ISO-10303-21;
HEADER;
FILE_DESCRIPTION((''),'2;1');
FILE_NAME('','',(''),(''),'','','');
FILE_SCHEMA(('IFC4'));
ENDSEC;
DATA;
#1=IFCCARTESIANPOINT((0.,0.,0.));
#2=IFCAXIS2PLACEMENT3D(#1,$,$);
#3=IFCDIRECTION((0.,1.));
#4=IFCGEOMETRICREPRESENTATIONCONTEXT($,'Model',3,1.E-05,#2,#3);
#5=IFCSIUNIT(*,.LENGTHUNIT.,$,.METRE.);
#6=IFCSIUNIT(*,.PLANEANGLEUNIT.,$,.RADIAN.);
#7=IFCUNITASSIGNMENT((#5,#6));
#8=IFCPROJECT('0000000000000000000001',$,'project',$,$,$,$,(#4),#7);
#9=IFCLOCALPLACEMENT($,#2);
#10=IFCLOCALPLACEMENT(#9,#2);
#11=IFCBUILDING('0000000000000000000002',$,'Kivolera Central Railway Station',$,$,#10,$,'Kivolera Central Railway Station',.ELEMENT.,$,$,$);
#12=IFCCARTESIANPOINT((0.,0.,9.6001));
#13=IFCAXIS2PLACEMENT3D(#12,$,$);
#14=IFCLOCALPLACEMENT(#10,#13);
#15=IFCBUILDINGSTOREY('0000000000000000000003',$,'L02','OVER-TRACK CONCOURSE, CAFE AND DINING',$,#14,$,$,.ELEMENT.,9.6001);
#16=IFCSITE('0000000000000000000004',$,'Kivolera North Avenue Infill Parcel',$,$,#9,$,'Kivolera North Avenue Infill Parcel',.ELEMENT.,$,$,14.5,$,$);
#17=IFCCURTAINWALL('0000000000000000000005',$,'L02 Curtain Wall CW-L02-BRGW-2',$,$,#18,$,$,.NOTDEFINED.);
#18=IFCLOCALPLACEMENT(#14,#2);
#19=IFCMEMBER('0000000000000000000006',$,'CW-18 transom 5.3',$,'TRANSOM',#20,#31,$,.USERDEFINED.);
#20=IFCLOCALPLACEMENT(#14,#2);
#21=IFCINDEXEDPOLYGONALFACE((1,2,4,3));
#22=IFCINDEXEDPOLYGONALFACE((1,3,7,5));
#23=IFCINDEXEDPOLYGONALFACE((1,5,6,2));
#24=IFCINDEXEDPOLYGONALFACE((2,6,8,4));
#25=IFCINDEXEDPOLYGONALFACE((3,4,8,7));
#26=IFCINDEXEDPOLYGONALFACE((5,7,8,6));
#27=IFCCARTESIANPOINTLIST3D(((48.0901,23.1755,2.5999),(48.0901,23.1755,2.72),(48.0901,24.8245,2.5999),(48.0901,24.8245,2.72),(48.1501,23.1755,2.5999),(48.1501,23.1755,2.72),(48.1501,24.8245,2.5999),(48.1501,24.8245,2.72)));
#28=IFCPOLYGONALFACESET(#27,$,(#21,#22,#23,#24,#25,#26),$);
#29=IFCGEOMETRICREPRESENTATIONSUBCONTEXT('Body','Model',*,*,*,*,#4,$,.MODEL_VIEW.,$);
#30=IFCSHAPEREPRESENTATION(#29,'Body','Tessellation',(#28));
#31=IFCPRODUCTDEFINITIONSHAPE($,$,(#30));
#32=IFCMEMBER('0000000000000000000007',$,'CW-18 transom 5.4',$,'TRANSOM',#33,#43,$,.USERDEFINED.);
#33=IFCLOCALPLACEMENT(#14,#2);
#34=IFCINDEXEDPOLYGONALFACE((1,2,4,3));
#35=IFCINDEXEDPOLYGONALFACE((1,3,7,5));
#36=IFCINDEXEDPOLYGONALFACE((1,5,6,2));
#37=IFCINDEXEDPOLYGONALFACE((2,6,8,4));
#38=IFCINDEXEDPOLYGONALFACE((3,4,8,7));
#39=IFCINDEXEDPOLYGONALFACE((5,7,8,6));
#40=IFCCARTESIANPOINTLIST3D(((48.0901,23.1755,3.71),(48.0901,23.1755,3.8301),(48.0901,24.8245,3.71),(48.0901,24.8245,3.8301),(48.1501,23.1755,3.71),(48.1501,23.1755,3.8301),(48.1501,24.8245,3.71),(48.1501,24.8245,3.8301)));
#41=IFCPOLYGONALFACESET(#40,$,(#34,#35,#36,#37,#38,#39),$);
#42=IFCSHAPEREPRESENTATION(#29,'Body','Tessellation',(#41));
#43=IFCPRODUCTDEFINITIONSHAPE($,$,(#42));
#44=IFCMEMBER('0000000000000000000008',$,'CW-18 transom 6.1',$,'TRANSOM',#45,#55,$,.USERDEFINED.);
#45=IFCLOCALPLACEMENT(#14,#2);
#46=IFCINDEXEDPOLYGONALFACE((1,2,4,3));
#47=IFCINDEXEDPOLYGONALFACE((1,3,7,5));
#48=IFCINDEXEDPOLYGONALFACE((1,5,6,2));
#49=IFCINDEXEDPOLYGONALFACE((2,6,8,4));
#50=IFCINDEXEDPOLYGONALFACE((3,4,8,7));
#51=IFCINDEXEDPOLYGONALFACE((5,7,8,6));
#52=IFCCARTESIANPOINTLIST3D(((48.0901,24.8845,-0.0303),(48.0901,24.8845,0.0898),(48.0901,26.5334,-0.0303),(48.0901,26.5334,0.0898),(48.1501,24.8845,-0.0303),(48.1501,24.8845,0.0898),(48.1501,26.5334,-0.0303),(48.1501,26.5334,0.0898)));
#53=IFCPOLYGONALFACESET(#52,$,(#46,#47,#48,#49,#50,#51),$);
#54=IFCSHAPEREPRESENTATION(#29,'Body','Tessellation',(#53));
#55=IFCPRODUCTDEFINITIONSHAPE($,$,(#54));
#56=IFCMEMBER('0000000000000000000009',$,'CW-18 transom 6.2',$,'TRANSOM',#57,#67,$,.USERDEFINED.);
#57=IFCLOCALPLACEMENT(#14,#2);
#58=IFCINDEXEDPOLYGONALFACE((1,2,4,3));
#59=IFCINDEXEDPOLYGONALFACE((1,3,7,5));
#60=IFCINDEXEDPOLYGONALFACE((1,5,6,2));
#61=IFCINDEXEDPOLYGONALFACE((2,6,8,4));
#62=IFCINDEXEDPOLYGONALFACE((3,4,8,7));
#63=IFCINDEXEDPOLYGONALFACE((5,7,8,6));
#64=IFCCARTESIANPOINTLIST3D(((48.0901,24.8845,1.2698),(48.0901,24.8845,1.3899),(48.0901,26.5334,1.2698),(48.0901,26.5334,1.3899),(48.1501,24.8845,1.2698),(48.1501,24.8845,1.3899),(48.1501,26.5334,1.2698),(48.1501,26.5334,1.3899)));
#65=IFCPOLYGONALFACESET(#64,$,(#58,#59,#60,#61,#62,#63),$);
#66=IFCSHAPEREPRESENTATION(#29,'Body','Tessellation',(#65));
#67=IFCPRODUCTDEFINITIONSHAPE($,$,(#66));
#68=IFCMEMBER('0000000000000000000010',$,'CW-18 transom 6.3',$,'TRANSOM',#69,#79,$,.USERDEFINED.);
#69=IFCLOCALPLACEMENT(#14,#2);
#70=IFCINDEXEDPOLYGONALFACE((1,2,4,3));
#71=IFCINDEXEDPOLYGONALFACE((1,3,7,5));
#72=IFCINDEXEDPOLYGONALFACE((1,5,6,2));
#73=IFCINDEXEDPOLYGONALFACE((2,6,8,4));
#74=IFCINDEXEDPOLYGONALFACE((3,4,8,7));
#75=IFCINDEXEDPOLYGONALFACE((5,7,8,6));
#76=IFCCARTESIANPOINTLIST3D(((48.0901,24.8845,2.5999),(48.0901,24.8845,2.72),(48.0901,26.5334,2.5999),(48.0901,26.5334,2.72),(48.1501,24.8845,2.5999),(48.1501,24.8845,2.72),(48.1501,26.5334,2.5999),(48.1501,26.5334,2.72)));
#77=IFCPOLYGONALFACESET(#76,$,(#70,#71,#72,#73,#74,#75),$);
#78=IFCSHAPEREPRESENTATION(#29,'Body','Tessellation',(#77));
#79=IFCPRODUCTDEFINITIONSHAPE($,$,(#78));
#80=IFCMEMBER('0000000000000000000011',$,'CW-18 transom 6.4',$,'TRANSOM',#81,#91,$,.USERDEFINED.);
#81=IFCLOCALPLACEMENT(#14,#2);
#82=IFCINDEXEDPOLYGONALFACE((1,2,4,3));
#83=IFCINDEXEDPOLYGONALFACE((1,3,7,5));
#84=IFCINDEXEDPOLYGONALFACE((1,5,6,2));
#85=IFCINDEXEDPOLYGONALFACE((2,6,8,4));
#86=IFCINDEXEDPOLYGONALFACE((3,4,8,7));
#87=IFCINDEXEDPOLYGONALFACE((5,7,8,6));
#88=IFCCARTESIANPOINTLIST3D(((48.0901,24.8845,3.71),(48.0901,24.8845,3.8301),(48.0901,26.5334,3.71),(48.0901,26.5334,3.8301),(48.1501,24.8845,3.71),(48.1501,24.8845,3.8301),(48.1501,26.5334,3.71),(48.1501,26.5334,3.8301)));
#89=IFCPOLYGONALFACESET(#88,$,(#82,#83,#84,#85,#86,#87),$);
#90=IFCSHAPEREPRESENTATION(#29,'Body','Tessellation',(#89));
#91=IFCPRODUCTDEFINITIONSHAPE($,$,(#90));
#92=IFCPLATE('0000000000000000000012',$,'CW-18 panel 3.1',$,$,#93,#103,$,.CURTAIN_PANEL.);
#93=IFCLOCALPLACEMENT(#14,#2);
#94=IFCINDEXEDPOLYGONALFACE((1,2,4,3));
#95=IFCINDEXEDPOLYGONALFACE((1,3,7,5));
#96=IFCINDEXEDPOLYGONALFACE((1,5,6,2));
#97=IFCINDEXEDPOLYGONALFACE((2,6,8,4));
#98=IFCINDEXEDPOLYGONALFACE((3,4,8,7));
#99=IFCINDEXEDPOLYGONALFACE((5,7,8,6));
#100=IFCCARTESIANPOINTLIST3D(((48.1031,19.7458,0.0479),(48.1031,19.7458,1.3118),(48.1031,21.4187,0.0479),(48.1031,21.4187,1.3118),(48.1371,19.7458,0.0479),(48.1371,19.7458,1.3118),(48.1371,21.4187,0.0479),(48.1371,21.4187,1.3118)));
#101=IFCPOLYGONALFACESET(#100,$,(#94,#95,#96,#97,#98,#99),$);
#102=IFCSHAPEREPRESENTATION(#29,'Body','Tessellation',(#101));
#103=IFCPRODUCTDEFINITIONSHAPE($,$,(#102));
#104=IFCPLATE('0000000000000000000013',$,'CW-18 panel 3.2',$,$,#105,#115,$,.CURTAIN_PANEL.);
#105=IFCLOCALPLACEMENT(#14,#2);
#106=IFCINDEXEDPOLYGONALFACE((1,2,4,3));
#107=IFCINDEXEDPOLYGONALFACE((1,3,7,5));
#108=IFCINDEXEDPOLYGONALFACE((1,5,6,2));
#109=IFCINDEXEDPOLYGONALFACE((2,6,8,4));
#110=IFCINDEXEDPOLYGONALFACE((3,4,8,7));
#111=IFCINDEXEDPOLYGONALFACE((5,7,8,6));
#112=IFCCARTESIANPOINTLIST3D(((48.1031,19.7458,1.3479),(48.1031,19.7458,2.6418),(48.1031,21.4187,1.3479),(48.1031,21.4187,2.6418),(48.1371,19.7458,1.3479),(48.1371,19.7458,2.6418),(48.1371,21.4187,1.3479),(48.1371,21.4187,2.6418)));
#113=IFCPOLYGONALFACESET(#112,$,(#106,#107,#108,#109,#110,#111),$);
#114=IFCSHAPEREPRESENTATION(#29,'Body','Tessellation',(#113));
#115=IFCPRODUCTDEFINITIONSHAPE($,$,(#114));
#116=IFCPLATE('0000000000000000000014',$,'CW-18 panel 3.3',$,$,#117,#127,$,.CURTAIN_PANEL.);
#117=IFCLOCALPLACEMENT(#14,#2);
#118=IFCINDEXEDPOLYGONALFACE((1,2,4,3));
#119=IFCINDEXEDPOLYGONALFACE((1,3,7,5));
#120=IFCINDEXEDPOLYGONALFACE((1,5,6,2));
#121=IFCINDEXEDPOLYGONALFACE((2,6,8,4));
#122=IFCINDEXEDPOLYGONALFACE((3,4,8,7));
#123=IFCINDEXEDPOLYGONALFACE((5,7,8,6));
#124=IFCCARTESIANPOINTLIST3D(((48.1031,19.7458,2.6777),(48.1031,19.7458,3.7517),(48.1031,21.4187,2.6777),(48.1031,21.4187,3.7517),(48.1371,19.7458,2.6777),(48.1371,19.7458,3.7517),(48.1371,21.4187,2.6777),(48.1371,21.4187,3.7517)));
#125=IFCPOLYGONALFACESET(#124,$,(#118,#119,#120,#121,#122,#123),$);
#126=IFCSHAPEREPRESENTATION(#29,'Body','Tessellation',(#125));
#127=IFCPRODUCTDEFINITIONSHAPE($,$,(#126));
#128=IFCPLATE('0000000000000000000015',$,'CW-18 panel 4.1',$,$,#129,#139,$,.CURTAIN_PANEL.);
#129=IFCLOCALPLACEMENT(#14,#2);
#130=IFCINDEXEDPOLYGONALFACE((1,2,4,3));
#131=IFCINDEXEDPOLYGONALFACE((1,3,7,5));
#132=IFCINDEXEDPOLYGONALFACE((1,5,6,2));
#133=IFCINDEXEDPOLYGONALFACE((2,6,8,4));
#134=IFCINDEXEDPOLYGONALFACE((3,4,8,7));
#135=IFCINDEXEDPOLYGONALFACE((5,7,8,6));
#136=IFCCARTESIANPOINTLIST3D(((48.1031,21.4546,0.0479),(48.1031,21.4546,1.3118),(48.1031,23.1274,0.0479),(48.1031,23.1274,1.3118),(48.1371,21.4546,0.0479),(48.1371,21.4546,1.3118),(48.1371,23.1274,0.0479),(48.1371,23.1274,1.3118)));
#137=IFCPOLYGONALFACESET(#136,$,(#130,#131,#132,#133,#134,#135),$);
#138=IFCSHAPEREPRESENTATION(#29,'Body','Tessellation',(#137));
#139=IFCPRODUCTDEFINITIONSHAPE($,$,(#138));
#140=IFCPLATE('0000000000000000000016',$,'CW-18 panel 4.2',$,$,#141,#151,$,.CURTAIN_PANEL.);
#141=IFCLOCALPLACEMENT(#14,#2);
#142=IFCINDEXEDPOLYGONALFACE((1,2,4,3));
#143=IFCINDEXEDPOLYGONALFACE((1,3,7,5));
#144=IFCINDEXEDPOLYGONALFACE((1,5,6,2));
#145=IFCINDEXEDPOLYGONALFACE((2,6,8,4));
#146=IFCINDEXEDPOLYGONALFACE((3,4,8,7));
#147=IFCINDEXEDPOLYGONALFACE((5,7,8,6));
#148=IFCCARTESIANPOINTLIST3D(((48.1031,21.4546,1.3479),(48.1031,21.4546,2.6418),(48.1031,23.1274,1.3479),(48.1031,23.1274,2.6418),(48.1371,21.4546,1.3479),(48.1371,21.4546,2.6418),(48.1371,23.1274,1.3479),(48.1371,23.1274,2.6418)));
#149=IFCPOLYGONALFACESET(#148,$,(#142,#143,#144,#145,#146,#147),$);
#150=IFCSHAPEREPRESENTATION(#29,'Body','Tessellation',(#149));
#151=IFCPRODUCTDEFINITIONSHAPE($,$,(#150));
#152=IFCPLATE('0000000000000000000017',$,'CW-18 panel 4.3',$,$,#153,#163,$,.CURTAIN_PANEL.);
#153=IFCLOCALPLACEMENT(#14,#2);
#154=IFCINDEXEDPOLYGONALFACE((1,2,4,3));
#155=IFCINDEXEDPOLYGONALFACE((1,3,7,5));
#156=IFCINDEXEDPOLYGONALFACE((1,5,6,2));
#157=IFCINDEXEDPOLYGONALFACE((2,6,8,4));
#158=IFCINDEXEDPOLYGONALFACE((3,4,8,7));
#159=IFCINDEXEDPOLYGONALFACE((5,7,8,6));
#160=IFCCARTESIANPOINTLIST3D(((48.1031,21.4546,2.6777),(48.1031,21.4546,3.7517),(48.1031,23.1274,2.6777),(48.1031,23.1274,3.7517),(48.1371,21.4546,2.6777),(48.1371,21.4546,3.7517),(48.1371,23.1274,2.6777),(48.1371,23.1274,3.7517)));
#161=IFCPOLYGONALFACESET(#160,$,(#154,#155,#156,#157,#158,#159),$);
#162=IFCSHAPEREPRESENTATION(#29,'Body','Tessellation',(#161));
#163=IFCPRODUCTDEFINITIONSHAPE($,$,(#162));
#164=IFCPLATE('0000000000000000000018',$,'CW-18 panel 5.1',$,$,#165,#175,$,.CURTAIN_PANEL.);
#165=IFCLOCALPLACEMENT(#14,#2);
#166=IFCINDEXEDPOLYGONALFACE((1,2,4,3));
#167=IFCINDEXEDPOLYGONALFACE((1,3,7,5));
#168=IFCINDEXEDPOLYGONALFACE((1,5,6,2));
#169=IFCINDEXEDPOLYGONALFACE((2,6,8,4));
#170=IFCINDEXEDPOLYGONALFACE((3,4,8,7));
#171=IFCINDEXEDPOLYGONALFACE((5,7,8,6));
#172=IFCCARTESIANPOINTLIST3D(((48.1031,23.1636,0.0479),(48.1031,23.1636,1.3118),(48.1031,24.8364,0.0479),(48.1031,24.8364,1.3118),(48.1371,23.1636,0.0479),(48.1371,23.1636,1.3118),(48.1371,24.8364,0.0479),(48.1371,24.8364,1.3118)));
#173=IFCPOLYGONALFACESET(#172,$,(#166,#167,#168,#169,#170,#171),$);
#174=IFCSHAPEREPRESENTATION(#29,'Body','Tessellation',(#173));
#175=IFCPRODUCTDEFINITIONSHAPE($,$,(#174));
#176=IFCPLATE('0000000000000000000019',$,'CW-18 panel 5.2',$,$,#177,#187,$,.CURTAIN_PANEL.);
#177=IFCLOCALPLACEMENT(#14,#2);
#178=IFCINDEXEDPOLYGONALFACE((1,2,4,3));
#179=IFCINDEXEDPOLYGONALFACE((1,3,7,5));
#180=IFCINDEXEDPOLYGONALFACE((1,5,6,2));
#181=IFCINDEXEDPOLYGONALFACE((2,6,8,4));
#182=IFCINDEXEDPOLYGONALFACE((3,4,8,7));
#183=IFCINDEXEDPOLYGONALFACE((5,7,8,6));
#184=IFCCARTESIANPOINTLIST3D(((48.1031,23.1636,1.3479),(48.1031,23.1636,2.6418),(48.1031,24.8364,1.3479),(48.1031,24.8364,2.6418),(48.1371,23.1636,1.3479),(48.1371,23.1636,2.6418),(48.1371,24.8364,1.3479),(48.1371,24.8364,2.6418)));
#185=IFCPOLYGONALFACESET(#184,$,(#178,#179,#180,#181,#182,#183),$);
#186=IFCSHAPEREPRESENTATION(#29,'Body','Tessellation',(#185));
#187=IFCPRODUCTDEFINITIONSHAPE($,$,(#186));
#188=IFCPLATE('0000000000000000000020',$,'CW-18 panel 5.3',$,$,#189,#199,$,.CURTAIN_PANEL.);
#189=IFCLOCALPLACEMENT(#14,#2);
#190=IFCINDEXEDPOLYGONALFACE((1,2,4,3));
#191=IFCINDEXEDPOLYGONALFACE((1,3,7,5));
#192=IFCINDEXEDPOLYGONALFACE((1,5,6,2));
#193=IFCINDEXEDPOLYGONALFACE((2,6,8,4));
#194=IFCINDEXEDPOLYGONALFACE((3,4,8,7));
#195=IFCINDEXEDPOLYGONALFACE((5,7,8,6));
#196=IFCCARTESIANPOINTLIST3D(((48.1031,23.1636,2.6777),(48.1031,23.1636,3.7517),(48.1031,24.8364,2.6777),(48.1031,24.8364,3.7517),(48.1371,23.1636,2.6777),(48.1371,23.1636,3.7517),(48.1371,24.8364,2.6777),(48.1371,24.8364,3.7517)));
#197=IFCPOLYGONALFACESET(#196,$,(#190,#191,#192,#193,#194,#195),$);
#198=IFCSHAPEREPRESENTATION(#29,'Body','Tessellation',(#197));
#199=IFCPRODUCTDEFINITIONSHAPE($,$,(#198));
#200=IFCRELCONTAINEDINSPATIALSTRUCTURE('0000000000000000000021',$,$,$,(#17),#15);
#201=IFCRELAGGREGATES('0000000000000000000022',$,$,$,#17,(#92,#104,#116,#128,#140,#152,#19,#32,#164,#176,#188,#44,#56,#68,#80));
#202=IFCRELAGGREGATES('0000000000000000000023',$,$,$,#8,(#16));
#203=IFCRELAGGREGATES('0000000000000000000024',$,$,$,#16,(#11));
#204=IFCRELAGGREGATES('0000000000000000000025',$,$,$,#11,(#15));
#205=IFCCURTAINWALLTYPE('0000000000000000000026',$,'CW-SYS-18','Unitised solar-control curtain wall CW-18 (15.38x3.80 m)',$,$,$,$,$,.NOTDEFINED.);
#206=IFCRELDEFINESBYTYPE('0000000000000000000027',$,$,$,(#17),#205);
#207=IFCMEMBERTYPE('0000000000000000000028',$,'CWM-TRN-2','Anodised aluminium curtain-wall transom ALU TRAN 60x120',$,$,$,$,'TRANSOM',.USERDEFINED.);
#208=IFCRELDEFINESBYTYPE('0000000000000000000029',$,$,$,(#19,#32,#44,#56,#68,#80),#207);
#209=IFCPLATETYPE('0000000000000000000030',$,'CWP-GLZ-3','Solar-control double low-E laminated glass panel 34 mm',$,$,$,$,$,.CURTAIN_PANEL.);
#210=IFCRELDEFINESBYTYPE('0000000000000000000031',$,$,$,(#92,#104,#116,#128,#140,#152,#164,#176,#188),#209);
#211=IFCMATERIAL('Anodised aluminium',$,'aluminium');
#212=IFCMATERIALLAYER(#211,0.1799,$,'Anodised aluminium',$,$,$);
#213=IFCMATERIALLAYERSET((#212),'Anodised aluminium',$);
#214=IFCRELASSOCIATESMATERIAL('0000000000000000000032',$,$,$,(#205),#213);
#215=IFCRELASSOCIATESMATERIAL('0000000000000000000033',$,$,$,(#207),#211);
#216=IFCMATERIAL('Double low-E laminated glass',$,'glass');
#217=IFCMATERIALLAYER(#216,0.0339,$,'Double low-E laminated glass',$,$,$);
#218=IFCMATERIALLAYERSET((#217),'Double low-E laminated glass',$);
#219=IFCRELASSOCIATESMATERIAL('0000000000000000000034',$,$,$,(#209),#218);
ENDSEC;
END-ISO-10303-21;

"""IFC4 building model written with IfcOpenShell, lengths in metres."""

from ifc_helpers import new_model, si_unit, direction, frame, origin, origin_2d, place, context, subcontext, project, spatial, rectangle, extrude, material, layer, layer_set, material_profile, profile_set, type_object, element, aggregate, save


model = new_model("IFC4")

# Units and contexts
model_context = context("Model", 3, precision=1e-05, world=origin(), true_north=direction((0.0, 1.0)))
body_context = subcontext(model_context, "Body", "Model", "MODEL_VIEW")
ifc_project = project(units=[si_unit("LENGTHUNIT", "METRE"), si_unit("PLANEANGLEUNIT", "RADIAN")], contexts=[model_context])

# Site, building, storey
site_placement = place(None, origin())
site = spatial("IfcSite", under=ifc_project, at=site_placement, Name="Kivolera North Avenue Infill Parcel", LongName="Kivolera North Avenue Infill Parcel", CompositionType="ELEMENT", RefElevation=14.5)
building_placement = place(site_placement, origin())
building = spatial("IfcBuilding", under=site, at=building_placement, Name="Kivolera Central Railway Station", LongName="Kivolera Central Railway Station", CompositionType="ELEMENT")
storey_placement = place(building_placement, frame((0.0, 0.0, 9.6001)))
storey = spatial("IfcBuildingStorey", under=building, at=storey_placement, Name="L02", Description="OVER-TRACK CONCOURSE, CAFE AND DINING", CompositionType="ELEMENT", Elevation=9.6001)

# Curtain wall, members, plates
ifc_material_1 = material(Name="Anodised aluminium", Category="aluminium")
ifc_layer_1 = layer(ifc_material_1, 0.1799, Name="Anodised aluminium")
ifc_layer_set_1 = layer_set([ifc_layer_1], Name="Anodised aluminium")
curtain_wall_type = type_object("IfcCurtainWallType", Name="CW-SYS-18", Description="Unitised solar-control curtain wall CW-18 (15.38x3.80 m)", PredefinedType="NOTDEFINED", material=ifc_layer_set_1)
curtain_wall_placement = place(storey_placement, origin())
curtain_wall = element("IfcCurtainWall", 1, at=curtain_wall_placement, inside=storey, type_object=curtain_wall_type, Name="L02 Curtain Wall CW-L02-BRGW-2", PredefinedType="NOTDEFINED")
ifc_material_profile_1 = material_profile(ifc_material_1, rectangle(XDim=0.0601, YDim=0.1201, at=origin_2d()), Name="ALU TRAN 60x120")
ifc_profile_set_1 = profile_set([ifc_material_profile_1], Name="Anodised aluminium")
member_type_1 = type_object("IfcMemberType", Name="CWM-TRN-2", Description="Anodised aluminium curtain-wall transom ALU TRAN 60x120", ElementType="TRANSOM", PredefinedType="USERDEFINED", material=ifc_profile_set_1)
member_1_placement = place(storey_placement, frame((48.1201, 23.1755, 2.6599), z_axis=(0.0, 1.0, 0.0), x_axis=(-1.0, 0.0, 0.0)))
member_1 = element("IfcMember", 2, at=member_1_placement, type_object=member_type_1, Name="CW-18 transom 5.3", ObjectType="TRANSOM", PredefinedType="USERDEFINED", context=body_context, shape_type="SweptSolid", body=[
    extrude(rectangle(XDim=0.0601, YDim=0.1201, at=origin_2d()), origin(), (0.0, 0.0, 1.0), 1.6489),
])
member_2_placement = place(storey_placement, frame((48.1201, 23.1755, 3.77), z_axis=(0.0, 1.0, 0.0), x_axis=(-1.0, 0.0, 0.0)))
member_2 = element("IfcMember", 3, at=member_2_placement, type_object=member_type_1, Name="CW-18 transom 5.4", ObjectType="TRANSOM", PredefinedType="USERDEFINED", context=body_context, shape_type="SweptSolid", body=[
    extrude(rectangle(XDim=0.0601, YDim=0.1201, at=origin_2d()), origin(), (0.0, 0.0, 1.0), 1.6489),
])
member_3_placement = place(storey_placement, frame((48.1201, 24.8845, 0.0298), z_axis=(0.0, 1.0, 0.0), x_axis=(-1.0, 0.0, 0.0)))
member_3 = element("IfcMember", 4, at=member_3_placement, type_object=member_type_1, Name="CW-18 transom 6.1", ObjectType="TRANSOM", PredefinedType="USERDEFINED", context=body_context, shape_type="SweptSolid", body=[
    extrude(rectangle(XDim=0.0601, YDim=0.1201, at=origin_2d()), origin(), (0.0, 0.0, 1.0), 1.6489),
])
member_4_placement = place(storey_placement, frame((48.1201, 24.8845, 1.3298), z_axis=(0.0, 1.0, 0.0), x_axis=(-1.0, 0.0, 0.0)))
member_4 = element("IfcMember", 5, at=member_4_placement, type_object=member_type_1, Name="CW-18 transom 6.2", ObjectType="TRANSOM", PredefinedType="USERDEFINED", context=body_context, shape_type="SweptSolid", body=[
    extrude(rectangle(XDim=0.0601, YDim=0.1201, at=origin_2d()), origin(), (0.0, 0.0, 1.0), 1.6489),
])
member_5_placement = place(storey_placement, frame((48.1201, 24.8845, 2.6599), z_axis=(0.0, 1.0, 0.0), x_axis=(-1.0, 0.0, 0.0)))
member_5 = element("IfcMember", 6, at=member_5_placement, type_object=member_type_1, Name="CW-18 transom 6.3", ObjectType="TRANSOM", PredefinedType="USERDEFINED", context=body_context, shape_type="SweptSolid", body=[
    extrude(rectangle(XDim=0.0601, YDim=0.1201, at=origin_2d()), origin(), (0.0, 0.0, 1.0), 1.6489),
])
member_6_placement = place(storey_placement, frame((48.1201, 24.8845, 3.77), z_axis=(0.0, 1.0, 0.0), x_axis=(-1.0, 0.0, 0.0)))
member_6 = element("IfcMember", 7, at=member_6_placement, type_object=member_type_1, Name="CW-18 transom 6.4", ObjectType="TRANSOM", PredefinedType="USERDEFINED", context=body_context, shape_type="SweptSolid", body=[
    extrude(rectangle(XDim=0.0601, YDim=0.1201, at=origin_2d()), origin(), (0.0, 0.0, 1.0), 1.6489),
])
ifc_material_2 = material(Name="Double low-E laminated glass", Category="glass")
ifc_layer_2 = layer(ifc_material_2, 0.0339, Name="Double low-E laminated glass")
ifc_layer_set_2 = layer_set([ifc_layer_2], Name="Double low-E laminated glass")
plate_type = type_object("IfcPlateType", Name="CWP-GLZ-3", Description="Solar-control double low-E laminated glass panel 34 mm", PredefinedType="CURTAIN_PANEL", material=ifc_layer_set_2)
plate_1_placement = place(storey_placement, frame((48.1201, 20.5823, 0.0479), z_axis=(0.0, 0.0, 1.0), x_axis=(0.0, 1.0, 0.0)))
plate_1 = element("IfcPlate", 8, at=plate_1_placement, type_object=plate_type, Name="CW-18 panel 3.1", PredefinedType="CURTAIN_PANEL", context=body_context, shape_type="SweptSolid", body=[
    extrude(rectangle(XDim=1.6729, YDim=0.0339, at=origin_2d()), origin(), (0.0, 0.0, 1.0), 1.2639),
])
plate_2_placement = place(storey_placement, frame((48.1201, 20.5823, 1.3479), z_axis=(0.0, 0.0, 1.0), x_axis=(0.0, 1.0, 0.0)))
plate_2 = element("IfcPlate", 9, at=plate_2_placement, type_object=plate_type, Name="CW-18 panel 3.2", PredefinedType="CURTAIN_PANEL", context=body_context, shape_type="SweptSolid", body=[
    extrude(rectangle(XDim=1.6729, YDim=0.0339, at=origin_2d()), origin(), (0.0, 0.0, 1.0), 1.2939),
])
plate_3_placement = place(storey_placement, frame((48.1201, 20.5823, 2.6777), z_axis=(0.0, 0.0, 1.0), x_axis=(0.0, 1.0, 0.0)))
plate_3 = element("IfcPlate", 10, at=plate_3_placement, type_object=plate_type, Name="CW-18 panel 3.3", PredefinedType="CURTAIN_PANEL", context=body_context, shape_type="SweptSolid", body=[
    extrude(rectangle(XDim=1.6729, YDim=0.0339, at=origin_2d()), origin(), (0.0, 0.0, 1.0), 1.074),
])
plate_4_placement = place(storey_placement, frame((48.1201, 22.291, 0.0479), z_axis=(0.0, 0.0, 1.0), x_axis=(0.0, 1.0, 0.0)))
plate_4 = element("IfcPlate", 11, at=plate_4_placement, type_object=plate_type, Name="CW-18 panel 4.1", PredefinedType="CURTAIN_PANEL", context=body_context, shape_type="SweptSolid", body=[
    extrude(rectangle(XDim=1.6729, YDim=0.0339, at=origin_2d()), origin(), (0.0, 0.0, 1.0), 1.2639),
])
plate_5_placement = place(storey_placement, frame((48.1201, 22.291, 1.3479), z_axis=(0.0, 0.0, 1.0), x_axis=(0.0, 1.0, 0.0)))
plate_5 = element("IfcPlate", 12, at=plate_5_placement, type_object=plate_type, Name="CW-18 panel 4.2", PredefinedType="CURTAIN_PANEL", context=body_context, shape_type="SweptSolid", body=[
    extrude(rectangle(XDim=1.6729, YDim=0.0339, at=origin_2d()), origin(), (0.0, 0.0, 1.0), 1.2939),
])
plate_6_placement = place(storey_placement, frame((48.1201, 22.291, 2.6777), z_axis=(0.0, 0.0, 1.0), x_axis=(0.0, 1.0, 0.0)))
plate_6 = element("IfcPlate", 13, at=plate_6_placement, type_object=plate_type, Name="CW-18 panel 4.3", PredefinedType="CURTAIN_PANEL", context=body_context, shape_type="SweptSolid", body=[
    extrude(rectangle(XDim=1.6729, YDim=0.0339, at=origin_2d()), origin(), (0.0, 0.0, 1.0), 1.074),
])
plate_7_placement = place(storey_placement, frame((48.1201, 24.0, 0.0479), z_axis=(0.0, 0.0, 1.0), x_axis=(0.0, 1.0, 0.0)))
plate_7 = element("IfcPlate", 14, at=plate_7_placement, type_object=plate_type, Name="CW-18 panel 5.1", PredefinedType="CURTAIN_PANEL", context=body_context, shape_type="SweptSolid", body=[
    extrude(rectangle(XDim=1.6729, YDim=0.0339, at=origin_2d()), origin(), (0.0, 0.0, 1.0), 1.2639),
])
plate_8_placement = place(storey_placement, frame((48.1201, 24.0, 1.3479), z_axis=(0.0, 0.0, 1.0), x_axis=(0.0, 1.0, 0.0)))
plate_8 = element("IfcPlate", 15, at=plate_8_placement, type_object=plate_type, Name="CW-18 panel 5.2", PredefinedType="CURTAIN_PANEL", context=body_context, shape_type="SweptSolid", body=[
    extrude(rectangle(XDim=1.6729, YDim=0.0339, at=origin_2d()), origin(), (0.0, 0.0, 1.0), 1.2939),
])
plate_9_placement = place(storey_placement, frame((48.1201, 24.0, 2.6777), z_axis=(0.0, 0.0, 1.0), x_axis=(0.0, 1.0, 0.0)))
plate_9 = element("IfcPlate", 16, at=plate_9_placement, type_object=plate_type, Name="CW-18 panel 5.3", PredefinedType="CURTAIN_PANEL", context=body_context, shape_type="SweptSolid", body=[
    extrude(rectangle(XDim=1.6729, YDim=0.0339, at=origin_2d()), origin(), (0.0, 0.0, 1.0), 1.074),
])
aggregate(curtain_wall, [plate_1, plate_2, plate_3, plate_4, plate_5, plate_6, member_1, member_2, plate_7, plate_8, plate_9, member_3, member_4, member_5, member_6])

save(model, "model.ifc")
